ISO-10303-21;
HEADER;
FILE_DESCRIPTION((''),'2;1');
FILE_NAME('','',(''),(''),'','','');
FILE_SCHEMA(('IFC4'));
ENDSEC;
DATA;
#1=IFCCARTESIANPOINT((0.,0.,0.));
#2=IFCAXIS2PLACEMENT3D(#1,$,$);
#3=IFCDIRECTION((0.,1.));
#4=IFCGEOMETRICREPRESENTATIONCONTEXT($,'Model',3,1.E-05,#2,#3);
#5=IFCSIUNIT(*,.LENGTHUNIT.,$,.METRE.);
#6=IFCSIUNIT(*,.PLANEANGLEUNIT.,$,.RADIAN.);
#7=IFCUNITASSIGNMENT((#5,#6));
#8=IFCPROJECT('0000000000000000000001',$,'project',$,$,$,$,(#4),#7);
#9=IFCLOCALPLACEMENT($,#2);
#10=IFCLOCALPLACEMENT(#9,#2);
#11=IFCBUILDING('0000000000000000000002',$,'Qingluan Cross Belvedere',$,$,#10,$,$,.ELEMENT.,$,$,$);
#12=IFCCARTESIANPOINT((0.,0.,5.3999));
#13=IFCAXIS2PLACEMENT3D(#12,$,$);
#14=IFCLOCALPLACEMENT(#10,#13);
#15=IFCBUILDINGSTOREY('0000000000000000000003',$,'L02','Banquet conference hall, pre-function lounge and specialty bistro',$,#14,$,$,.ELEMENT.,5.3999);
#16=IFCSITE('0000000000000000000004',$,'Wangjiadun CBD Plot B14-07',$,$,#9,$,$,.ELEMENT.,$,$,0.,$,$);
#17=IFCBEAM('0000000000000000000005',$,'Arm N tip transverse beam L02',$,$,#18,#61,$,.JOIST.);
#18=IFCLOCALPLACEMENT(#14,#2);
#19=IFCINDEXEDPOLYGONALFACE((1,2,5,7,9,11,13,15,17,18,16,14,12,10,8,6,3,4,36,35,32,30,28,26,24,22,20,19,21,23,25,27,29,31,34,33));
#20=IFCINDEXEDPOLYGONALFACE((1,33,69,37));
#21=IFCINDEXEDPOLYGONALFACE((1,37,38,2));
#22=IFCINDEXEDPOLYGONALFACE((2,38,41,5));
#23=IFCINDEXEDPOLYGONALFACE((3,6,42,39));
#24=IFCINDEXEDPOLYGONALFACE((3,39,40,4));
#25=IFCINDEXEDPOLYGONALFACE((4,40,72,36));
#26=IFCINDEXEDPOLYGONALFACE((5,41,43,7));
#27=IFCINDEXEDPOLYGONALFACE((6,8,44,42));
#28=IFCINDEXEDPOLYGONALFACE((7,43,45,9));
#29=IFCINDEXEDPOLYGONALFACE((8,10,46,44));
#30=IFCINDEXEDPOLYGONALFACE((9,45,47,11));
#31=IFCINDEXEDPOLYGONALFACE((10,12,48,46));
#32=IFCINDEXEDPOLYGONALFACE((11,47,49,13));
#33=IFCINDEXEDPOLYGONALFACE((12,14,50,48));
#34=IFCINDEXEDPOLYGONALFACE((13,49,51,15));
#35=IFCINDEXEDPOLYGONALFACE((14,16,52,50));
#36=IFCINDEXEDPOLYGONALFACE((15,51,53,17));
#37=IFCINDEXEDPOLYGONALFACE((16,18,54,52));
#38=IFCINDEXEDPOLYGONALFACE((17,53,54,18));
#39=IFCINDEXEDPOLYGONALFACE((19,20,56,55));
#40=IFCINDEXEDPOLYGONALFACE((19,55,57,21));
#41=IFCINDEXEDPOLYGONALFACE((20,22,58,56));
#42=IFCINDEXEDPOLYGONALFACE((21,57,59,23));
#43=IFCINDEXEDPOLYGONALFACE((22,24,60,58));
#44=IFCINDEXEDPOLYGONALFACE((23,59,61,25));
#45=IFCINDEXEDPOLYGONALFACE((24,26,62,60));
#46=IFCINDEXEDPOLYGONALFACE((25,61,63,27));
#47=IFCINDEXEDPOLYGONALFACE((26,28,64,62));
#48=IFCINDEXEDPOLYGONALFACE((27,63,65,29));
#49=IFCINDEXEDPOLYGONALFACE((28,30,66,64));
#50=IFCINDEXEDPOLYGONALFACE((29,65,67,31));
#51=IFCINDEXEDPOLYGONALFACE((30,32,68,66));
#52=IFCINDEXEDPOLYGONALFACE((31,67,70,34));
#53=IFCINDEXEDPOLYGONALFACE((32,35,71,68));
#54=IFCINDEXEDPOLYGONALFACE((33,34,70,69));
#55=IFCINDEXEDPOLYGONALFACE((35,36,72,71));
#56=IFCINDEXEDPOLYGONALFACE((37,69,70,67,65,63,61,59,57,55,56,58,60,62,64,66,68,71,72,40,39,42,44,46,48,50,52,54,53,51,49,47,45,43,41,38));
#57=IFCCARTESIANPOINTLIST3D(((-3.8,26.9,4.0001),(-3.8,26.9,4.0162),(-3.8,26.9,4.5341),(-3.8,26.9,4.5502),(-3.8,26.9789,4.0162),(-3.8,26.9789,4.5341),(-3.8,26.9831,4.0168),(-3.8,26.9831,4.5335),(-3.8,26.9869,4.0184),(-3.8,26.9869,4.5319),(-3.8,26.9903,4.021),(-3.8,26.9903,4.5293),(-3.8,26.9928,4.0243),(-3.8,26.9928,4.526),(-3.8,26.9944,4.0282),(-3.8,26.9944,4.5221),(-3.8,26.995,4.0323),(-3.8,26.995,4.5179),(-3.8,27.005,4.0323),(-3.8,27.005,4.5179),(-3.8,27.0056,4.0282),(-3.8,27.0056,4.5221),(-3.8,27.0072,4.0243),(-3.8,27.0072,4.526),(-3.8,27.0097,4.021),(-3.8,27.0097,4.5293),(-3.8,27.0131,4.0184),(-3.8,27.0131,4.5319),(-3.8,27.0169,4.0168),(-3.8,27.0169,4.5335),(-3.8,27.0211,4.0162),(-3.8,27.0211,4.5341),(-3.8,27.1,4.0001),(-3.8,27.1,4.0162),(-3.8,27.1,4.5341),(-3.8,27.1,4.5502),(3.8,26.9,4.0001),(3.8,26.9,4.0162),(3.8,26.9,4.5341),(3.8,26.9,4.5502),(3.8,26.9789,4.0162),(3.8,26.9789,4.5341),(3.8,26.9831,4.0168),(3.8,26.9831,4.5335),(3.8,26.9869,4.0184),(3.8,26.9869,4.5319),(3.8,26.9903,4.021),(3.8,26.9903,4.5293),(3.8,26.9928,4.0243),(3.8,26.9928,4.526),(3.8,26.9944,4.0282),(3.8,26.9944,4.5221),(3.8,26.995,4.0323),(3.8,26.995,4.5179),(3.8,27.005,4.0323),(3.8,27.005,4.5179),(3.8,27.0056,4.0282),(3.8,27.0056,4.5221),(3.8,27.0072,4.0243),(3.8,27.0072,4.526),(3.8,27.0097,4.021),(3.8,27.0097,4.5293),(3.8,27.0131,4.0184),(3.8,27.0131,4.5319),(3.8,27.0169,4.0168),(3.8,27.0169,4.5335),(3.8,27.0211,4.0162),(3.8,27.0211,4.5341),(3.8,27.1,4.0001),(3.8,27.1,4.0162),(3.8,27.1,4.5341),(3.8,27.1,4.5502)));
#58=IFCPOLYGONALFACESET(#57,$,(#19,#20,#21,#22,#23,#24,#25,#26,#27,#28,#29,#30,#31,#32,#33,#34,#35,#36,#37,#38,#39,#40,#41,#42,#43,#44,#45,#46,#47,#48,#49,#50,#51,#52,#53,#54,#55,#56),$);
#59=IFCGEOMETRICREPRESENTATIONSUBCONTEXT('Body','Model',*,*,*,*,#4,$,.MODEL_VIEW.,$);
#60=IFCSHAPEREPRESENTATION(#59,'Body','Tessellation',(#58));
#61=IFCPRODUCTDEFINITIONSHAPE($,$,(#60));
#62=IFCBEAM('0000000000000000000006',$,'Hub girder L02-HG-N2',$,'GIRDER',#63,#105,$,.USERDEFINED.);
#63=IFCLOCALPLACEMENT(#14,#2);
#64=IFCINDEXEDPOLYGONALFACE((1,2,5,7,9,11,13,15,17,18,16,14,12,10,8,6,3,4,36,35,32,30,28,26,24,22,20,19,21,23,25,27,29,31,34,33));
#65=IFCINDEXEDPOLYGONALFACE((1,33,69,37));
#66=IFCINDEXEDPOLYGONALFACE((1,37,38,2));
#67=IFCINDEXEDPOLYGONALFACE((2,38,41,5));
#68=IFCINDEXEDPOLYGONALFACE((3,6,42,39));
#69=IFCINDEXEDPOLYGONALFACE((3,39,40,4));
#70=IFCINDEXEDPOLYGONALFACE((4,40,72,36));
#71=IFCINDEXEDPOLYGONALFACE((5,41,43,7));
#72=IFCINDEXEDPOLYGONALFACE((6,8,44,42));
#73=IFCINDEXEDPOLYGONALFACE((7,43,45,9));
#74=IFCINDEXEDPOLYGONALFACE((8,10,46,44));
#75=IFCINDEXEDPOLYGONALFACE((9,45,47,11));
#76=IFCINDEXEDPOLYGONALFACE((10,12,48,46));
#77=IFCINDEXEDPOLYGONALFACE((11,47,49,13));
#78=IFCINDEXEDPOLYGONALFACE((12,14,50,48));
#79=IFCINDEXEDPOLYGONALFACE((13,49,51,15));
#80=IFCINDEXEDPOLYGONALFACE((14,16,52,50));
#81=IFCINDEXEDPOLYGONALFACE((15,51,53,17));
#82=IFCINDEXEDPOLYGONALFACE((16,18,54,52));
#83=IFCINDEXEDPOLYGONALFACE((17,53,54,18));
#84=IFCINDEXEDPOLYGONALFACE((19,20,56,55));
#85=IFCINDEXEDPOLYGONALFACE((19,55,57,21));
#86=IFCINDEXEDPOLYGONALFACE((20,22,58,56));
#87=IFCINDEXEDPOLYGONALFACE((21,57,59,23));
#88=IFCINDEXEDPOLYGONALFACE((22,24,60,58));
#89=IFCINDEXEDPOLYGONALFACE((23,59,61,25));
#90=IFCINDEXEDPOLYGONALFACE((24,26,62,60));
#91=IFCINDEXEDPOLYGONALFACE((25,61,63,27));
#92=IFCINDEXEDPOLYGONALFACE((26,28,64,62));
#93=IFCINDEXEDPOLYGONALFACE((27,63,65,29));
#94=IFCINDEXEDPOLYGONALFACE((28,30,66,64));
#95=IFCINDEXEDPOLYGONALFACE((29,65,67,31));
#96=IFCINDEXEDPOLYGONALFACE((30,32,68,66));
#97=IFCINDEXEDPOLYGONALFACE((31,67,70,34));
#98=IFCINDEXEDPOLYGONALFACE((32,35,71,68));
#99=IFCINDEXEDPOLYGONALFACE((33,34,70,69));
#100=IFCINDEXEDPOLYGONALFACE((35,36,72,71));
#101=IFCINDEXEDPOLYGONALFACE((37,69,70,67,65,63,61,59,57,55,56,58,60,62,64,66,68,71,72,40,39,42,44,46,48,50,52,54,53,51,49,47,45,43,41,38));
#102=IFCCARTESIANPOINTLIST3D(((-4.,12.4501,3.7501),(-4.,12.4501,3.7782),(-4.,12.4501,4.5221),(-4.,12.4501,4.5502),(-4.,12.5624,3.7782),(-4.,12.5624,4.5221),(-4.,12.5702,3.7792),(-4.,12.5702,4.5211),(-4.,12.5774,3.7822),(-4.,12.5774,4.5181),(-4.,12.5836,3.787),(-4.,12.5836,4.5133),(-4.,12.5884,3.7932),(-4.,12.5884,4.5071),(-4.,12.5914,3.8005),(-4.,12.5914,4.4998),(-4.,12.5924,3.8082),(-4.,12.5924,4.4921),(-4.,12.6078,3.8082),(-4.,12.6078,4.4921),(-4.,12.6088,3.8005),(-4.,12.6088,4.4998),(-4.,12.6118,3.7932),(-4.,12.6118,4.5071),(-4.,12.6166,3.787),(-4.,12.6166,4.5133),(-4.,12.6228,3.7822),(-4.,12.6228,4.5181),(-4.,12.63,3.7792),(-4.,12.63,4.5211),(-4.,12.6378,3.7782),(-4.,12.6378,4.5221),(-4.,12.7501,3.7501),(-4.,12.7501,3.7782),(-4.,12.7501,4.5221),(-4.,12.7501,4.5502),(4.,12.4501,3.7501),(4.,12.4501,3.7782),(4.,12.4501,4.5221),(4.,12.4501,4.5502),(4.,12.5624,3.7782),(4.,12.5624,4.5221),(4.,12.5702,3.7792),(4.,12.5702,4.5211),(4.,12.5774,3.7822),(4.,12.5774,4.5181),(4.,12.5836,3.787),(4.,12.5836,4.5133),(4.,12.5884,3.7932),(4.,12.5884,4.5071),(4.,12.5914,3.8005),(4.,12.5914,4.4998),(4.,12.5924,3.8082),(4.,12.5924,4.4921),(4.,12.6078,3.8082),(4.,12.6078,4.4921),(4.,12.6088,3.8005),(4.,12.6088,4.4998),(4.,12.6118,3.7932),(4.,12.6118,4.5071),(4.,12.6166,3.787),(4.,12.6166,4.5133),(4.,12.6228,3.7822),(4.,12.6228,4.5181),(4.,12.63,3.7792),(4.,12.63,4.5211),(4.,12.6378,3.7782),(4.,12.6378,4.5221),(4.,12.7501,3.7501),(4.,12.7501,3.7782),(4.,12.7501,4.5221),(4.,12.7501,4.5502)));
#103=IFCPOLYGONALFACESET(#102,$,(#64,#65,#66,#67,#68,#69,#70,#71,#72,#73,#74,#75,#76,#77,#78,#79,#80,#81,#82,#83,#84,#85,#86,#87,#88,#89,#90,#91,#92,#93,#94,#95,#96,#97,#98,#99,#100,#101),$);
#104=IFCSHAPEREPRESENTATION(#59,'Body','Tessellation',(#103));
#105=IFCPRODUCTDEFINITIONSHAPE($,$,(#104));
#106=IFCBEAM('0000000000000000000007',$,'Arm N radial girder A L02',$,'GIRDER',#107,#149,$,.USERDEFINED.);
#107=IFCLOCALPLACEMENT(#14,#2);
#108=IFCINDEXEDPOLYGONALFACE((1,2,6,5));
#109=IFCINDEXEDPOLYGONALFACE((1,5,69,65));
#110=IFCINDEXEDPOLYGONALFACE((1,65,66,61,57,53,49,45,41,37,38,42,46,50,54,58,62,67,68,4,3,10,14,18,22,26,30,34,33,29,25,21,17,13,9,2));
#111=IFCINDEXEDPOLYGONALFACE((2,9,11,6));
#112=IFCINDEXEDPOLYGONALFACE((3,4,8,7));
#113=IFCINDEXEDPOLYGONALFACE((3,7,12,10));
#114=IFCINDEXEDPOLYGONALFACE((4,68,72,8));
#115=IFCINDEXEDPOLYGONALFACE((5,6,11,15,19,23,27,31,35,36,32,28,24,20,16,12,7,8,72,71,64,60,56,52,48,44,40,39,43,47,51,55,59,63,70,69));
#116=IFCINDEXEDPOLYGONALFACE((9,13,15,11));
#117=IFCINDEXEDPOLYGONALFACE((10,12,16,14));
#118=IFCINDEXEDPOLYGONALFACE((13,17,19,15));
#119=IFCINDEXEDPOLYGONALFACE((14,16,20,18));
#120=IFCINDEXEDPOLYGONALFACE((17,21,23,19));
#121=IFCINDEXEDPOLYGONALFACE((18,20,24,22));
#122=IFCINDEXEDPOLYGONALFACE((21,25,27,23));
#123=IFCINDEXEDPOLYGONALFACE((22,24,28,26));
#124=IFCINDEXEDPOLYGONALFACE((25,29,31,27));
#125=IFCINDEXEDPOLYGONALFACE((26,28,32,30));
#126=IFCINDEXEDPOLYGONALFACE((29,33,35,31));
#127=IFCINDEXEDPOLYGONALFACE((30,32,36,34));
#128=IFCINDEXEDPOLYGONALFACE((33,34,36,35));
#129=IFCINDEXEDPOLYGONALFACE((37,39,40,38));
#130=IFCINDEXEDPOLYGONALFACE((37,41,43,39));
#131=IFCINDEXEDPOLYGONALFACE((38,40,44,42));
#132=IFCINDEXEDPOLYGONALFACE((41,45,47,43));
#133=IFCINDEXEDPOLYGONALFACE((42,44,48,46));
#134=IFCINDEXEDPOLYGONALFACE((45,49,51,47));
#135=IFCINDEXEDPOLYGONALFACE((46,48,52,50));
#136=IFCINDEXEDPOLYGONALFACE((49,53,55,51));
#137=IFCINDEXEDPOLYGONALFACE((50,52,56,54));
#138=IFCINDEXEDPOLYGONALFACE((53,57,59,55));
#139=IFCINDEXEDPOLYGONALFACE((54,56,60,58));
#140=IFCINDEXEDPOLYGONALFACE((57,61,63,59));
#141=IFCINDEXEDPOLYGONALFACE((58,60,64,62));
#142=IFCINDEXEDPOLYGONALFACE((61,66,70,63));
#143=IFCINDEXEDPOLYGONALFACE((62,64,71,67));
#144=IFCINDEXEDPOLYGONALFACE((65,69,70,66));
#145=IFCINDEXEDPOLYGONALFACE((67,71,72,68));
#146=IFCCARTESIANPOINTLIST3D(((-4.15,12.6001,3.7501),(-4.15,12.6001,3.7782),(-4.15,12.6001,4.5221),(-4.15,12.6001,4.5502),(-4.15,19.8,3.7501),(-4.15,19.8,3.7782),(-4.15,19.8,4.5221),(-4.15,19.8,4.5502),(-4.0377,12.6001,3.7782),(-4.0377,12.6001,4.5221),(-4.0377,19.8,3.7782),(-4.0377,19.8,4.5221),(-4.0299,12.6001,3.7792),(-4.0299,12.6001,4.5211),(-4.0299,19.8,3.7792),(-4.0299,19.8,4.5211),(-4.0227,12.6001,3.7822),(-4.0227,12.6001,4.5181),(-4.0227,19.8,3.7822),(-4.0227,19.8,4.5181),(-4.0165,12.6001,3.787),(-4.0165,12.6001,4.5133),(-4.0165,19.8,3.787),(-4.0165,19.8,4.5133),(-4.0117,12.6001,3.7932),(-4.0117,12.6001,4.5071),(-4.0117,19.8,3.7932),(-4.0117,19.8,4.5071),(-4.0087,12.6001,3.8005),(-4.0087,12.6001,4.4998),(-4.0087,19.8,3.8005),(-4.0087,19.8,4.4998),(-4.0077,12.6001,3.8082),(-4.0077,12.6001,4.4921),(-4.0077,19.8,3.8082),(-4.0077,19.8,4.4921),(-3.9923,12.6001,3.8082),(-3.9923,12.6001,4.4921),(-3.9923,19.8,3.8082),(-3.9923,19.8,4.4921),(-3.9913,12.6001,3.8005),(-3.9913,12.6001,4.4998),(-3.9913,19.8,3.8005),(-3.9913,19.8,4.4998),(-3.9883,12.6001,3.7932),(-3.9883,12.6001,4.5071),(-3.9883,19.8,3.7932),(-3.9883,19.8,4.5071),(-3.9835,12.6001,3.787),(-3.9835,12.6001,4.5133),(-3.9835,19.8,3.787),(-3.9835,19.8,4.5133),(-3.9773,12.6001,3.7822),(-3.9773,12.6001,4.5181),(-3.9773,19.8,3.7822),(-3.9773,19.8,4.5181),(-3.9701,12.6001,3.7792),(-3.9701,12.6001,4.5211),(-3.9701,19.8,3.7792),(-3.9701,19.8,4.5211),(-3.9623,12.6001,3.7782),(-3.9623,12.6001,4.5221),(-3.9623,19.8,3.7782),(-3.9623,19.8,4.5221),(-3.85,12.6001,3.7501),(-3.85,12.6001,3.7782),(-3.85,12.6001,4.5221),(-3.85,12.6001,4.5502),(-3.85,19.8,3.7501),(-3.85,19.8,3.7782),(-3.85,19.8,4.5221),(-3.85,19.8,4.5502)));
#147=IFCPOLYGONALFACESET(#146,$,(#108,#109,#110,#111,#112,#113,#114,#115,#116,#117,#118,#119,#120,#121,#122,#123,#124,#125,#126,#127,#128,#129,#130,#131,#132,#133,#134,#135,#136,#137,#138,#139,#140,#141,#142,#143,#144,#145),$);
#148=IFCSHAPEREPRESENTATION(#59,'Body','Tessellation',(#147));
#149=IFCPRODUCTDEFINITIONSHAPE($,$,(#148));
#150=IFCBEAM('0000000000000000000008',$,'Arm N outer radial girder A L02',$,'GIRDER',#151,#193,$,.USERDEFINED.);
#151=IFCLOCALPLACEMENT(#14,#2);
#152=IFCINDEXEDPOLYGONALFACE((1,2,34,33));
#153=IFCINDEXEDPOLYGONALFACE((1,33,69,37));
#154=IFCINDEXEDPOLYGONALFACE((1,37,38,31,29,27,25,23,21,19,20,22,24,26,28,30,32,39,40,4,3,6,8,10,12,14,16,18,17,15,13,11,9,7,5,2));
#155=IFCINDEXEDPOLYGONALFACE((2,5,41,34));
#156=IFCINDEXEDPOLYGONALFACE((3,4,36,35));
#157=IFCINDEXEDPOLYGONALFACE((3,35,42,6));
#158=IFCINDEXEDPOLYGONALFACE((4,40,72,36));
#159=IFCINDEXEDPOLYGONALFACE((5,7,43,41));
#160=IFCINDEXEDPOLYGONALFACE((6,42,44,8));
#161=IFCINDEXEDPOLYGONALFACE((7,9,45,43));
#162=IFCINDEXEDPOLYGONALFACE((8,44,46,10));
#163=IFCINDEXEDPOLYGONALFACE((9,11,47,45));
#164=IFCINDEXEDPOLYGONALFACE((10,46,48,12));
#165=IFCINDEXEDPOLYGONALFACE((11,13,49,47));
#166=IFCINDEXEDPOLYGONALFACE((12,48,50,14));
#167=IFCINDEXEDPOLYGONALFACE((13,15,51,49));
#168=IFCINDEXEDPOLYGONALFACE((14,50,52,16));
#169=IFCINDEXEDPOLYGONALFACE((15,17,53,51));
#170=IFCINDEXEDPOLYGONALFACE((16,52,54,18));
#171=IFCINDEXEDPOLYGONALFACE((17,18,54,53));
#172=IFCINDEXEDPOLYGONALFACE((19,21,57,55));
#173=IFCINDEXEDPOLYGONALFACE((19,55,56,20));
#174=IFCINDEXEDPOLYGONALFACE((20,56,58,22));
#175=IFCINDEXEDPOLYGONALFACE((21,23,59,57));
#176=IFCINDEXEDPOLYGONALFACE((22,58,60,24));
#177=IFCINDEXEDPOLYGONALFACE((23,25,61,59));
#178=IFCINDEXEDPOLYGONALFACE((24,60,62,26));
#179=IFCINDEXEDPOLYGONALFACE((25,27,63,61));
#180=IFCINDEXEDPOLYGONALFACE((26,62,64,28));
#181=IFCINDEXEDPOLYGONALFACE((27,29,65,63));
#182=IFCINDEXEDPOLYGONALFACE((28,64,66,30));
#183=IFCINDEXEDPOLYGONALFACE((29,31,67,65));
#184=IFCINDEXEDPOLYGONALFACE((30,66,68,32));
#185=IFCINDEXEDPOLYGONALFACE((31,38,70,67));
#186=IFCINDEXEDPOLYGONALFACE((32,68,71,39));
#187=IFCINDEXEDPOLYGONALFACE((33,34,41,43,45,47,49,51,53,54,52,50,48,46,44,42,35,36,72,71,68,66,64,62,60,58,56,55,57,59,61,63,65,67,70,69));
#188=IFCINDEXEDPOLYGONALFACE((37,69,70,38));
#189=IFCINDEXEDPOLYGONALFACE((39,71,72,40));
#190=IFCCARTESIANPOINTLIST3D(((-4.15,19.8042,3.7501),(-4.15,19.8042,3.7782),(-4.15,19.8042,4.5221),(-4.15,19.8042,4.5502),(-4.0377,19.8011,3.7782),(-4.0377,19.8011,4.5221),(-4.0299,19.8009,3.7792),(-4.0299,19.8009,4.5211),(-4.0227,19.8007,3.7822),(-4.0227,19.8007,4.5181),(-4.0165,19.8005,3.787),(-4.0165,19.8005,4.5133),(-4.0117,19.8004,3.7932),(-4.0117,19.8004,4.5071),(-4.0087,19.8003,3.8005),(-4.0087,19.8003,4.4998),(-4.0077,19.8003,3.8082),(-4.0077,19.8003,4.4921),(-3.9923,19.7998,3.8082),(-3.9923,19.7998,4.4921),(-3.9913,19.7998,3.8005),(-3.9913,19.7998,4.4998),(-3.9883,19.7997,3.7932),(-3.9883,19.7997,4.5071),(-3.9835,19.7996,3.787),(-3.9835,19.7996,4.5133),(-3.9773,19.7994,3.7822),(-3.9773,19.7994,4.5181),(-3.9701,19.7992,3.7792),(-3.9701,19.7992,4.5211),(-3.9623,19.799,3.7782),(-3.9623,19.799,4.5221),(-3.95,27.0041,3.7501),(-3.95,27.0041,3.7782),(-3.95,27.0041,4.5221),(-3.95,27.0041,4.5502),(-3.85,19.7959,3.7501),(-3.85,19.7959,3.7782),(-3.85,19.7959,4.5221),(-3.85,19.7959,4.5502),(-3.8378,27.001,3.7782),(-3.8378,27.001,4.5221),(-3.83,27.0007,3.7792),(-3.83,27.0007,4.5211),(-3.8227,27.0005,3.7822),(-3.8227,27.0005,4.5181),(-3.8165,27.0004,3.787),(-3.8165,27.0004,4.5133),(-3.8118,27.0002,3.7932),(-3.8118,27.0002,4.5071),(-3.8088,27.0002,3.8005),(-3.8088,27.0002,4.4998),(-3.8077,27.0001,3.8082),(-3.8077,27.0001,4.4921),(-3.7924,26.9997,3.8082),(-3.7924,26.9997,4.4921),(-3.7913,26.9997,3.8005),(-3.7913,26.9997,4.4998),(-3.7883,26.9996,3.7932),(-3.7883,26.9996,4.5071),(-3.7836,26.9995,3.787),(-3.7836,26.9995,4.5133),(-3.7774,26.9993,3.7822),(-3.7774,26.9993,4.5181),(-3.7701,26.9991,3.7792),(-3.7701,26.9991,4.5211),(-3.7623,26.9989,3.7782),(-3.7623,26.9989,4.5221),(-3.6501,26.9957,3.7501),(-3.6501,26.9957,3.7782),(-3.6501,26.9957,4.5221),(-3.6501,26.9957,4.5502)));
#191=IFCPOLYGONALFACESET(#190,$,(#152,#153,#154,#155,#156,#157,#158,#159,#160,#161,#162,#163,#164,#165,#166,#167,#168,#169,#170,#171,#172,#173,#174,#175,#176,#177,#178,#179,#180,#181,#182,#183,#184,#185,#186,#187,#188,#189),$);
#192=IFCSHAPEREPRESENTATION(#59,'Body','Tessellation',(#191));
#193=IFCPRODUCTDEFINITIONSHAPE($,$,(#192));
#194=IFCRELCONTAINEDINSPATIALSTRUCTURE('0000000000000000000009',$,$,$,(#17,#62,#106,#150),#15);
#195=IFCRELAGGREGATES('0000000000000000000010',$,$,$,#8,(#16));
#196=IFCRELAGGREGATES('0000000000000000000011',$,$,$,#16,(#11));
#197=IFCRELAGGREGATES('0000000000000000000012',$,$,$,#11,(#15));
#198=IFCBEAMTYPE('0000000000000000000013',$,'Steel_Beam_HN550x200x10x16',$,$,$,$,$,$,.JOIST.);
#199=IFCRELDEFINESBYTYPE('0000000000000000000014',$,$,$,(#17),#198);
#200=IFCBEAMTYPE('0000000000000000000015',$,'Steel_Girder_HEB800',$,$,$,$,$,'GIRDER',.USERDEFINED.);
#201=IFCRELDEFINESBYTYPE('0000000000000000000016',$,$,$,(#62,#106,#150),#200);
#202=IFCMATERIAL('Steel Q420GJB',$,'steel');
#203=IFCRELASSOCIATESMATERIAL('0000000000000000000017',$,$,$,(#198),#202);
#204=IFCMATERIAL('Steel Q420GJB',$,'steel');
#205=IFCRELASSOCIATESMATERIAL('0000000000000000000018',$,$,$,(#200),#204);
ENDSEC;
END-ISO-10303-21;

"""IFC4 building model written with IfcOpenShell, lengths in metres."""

from ifc_helpers import new_model, si_unit, direction, frame, origin, origin_2d, place, context, subcontext, project, spatial, i_section, extrude, material, material_profile, profile_set, type_object, element, save


model = new_model("IFC4")

# Units and contexts
model_context = context("Model", 3, precision=1e-05, world=origin(), true_north=direction((0.0, 1.0)))
body_context = subcontext(model_context, "Body", "Model", "MODEL_VIEW")
ifc_project = project(units=[si_unit("LENGTHUNIT", "METRE"), si_unit("PLANEANGLEUNIT", "RADIAN")], contexts=[model_context])

# Site, building, storey
site_placement = place(None, origin())
site = spatial("IfcSite", under=ifc_project, at=site_placement, Name="Wangjiadun CBD Plot B14-07", CompositionType="ELEMENT", RefElevation=0.0)
building_placement = place(site_placement, origin())
building = spatial("IfcBuilding", under=site, at=building_placement, Name="Qingluan Cross Belvedere", CompositionType="ELEMENT")
storey_placement = place(building_placement, frame((0.0, 0.0, 5.3999)))
storey = spatial("IfcBuildingStorey", under=building, at=storey_placement, Name="L02", Description="Banquet conference hall, pre-function lounge and specialty bistro", CompositionType="ELEMENT", Elevation=5.3999)

# Beams
ifc_material_1 = material(Name="Steel Q420GJB", Category="steel")
ifc_material_profile_1 = material_profile(ifc_material_1, i_section(OverallWidth=0.2, OverallDepth=0.55, WebThickness=0.01, FlangeThickness=0.0161, FilletRadius=0.0161, at=origin_2d()), Name="HN550x200x10x16")
ifc_profile_set_1 = profile_set([ifc_material_profile_1], Name="Steel Q420GJB")
beam_type_1 = type_object("IfcBeamType", Name="Steel_Beam_HN550x200x10x16", PredefinedType="JOIST", material=ifc_profile_set_1)
beam_1_placement = place(storey_placement, frame((-3.8, 27.0, 4.2751), z_axis=(1.0, 0.0, 0.0), x_axis=(0.0, 1.0, 0.0)))
element("IfcBeam", 1, at=beam_1_placement, inside=storey, type_object=beam_type_1, Name="Arm N tip transverse beam L02", PredefinedType="JOIST", context=body_context, shape_type="SweptSolid", body=[
    extrude(i_section(OverallWidth=0.2, OverallDepth=0.55, WebThickness=0.01, FlangeThickness=0.0161, FilletRadius=0.0161, at=origin_2d()), origin(), (0.0, 0.0, 1.0), 7.6001),
])
ifc_material_2 = material(Name="Steel Q420GJB", Category="steel")
ifc_material_profile_2 = material_profile(ifc_material_2, i_section(OverallWidth=0.3, OverallDepth=0.8, WebThickness=0.0154, FlangeThickness=0.0281, FilletRadius=0.03, at=origin_2d()), Name="HEB800")
ifc_profile_set_2 = profile_set([ifc_material_profile_2], Name="Steel Q420GJB")
beam_type_2 = type_object("IfcBeamType", Name="Steel_Girder_HEB800", ElementType="GIRDER", PredefinedType="USERDEFINED", material=ifc_profile_set_2)
beam_2_placement = place(storey_placement, frame((-4.0, 12.6001, 4.1501), z_axis=(1.0, 0.0, 0.0), x_axis=(0.0, 1.0, 0.0)))
element("IfcBeam", 2, at=beam_2_placement, inside=storey, type_object=beam_type_2, Name="Hub girder L02-HG-N2", ObjectType="GIRDER", PredefinedType="USERDEFINED", context=body_context, shape_type="SweptSolid", body=[
    extrude(i_section(OverallWidth=0.3, OverallDepth=0.8, WebThickness=0.0154, FlangeThickness=0.0281, FilletRadius=0.03, at=origin_2d()), origin(), (0.0, 0.0, 1.0), 8.0),
])
beam_3_placement = place(storey_placement, frame((-4.0, 12.6001, 4.1501), z_axis=(0.0, 1.0, 0.0), x_axis=(-1.0, 0.0, 0.0)))
element("IfcBeam", 3, at=beam_3_placement, inside=storey, type_object=beam_type_2, Name="Arm N radial girder A L02", ObjectType="GIRDER", PredefinedType="USERDEFINED", context=body_context, shape_type="SweptSolid", body=[
    extrude(i_section(OverallWidth=0.3, OverallDepth=0.8, WebThickness=0.0154, FlangeThickness=0.0281, FilletRadius=0.03, at=origin_2d()), origin(), (0.0, 0.0, 1.0), 7.2),
])
beam_4_placement = place(storey_placement, frame((-4.0, 19.8, 4.1501), z_axis=(0.02776, 0.999615, 0.0), x_axis=(-0.999615, 0.02776, 0.0)))
element("IfcBeam", 4, at=beam_4_placement, inside=storey, type_object=beam_type_2, Name="Arm N outer radial girder A L02", ObjectType="GIRDER", PredefinedType="USERDEFINED", context=body_context, shape_type="SweptSolid", body=[
    extrude(i_section(OverallWidth=0.3, OverallDepth=0.8, WebThickness=0.0154, FlangeThickness=0.0281, FilletRadius=0.03, at=origin_2d()), origin(), (0.0, 0.0, 1.0), 7.2026),
])

save(model, "model.ifc")
